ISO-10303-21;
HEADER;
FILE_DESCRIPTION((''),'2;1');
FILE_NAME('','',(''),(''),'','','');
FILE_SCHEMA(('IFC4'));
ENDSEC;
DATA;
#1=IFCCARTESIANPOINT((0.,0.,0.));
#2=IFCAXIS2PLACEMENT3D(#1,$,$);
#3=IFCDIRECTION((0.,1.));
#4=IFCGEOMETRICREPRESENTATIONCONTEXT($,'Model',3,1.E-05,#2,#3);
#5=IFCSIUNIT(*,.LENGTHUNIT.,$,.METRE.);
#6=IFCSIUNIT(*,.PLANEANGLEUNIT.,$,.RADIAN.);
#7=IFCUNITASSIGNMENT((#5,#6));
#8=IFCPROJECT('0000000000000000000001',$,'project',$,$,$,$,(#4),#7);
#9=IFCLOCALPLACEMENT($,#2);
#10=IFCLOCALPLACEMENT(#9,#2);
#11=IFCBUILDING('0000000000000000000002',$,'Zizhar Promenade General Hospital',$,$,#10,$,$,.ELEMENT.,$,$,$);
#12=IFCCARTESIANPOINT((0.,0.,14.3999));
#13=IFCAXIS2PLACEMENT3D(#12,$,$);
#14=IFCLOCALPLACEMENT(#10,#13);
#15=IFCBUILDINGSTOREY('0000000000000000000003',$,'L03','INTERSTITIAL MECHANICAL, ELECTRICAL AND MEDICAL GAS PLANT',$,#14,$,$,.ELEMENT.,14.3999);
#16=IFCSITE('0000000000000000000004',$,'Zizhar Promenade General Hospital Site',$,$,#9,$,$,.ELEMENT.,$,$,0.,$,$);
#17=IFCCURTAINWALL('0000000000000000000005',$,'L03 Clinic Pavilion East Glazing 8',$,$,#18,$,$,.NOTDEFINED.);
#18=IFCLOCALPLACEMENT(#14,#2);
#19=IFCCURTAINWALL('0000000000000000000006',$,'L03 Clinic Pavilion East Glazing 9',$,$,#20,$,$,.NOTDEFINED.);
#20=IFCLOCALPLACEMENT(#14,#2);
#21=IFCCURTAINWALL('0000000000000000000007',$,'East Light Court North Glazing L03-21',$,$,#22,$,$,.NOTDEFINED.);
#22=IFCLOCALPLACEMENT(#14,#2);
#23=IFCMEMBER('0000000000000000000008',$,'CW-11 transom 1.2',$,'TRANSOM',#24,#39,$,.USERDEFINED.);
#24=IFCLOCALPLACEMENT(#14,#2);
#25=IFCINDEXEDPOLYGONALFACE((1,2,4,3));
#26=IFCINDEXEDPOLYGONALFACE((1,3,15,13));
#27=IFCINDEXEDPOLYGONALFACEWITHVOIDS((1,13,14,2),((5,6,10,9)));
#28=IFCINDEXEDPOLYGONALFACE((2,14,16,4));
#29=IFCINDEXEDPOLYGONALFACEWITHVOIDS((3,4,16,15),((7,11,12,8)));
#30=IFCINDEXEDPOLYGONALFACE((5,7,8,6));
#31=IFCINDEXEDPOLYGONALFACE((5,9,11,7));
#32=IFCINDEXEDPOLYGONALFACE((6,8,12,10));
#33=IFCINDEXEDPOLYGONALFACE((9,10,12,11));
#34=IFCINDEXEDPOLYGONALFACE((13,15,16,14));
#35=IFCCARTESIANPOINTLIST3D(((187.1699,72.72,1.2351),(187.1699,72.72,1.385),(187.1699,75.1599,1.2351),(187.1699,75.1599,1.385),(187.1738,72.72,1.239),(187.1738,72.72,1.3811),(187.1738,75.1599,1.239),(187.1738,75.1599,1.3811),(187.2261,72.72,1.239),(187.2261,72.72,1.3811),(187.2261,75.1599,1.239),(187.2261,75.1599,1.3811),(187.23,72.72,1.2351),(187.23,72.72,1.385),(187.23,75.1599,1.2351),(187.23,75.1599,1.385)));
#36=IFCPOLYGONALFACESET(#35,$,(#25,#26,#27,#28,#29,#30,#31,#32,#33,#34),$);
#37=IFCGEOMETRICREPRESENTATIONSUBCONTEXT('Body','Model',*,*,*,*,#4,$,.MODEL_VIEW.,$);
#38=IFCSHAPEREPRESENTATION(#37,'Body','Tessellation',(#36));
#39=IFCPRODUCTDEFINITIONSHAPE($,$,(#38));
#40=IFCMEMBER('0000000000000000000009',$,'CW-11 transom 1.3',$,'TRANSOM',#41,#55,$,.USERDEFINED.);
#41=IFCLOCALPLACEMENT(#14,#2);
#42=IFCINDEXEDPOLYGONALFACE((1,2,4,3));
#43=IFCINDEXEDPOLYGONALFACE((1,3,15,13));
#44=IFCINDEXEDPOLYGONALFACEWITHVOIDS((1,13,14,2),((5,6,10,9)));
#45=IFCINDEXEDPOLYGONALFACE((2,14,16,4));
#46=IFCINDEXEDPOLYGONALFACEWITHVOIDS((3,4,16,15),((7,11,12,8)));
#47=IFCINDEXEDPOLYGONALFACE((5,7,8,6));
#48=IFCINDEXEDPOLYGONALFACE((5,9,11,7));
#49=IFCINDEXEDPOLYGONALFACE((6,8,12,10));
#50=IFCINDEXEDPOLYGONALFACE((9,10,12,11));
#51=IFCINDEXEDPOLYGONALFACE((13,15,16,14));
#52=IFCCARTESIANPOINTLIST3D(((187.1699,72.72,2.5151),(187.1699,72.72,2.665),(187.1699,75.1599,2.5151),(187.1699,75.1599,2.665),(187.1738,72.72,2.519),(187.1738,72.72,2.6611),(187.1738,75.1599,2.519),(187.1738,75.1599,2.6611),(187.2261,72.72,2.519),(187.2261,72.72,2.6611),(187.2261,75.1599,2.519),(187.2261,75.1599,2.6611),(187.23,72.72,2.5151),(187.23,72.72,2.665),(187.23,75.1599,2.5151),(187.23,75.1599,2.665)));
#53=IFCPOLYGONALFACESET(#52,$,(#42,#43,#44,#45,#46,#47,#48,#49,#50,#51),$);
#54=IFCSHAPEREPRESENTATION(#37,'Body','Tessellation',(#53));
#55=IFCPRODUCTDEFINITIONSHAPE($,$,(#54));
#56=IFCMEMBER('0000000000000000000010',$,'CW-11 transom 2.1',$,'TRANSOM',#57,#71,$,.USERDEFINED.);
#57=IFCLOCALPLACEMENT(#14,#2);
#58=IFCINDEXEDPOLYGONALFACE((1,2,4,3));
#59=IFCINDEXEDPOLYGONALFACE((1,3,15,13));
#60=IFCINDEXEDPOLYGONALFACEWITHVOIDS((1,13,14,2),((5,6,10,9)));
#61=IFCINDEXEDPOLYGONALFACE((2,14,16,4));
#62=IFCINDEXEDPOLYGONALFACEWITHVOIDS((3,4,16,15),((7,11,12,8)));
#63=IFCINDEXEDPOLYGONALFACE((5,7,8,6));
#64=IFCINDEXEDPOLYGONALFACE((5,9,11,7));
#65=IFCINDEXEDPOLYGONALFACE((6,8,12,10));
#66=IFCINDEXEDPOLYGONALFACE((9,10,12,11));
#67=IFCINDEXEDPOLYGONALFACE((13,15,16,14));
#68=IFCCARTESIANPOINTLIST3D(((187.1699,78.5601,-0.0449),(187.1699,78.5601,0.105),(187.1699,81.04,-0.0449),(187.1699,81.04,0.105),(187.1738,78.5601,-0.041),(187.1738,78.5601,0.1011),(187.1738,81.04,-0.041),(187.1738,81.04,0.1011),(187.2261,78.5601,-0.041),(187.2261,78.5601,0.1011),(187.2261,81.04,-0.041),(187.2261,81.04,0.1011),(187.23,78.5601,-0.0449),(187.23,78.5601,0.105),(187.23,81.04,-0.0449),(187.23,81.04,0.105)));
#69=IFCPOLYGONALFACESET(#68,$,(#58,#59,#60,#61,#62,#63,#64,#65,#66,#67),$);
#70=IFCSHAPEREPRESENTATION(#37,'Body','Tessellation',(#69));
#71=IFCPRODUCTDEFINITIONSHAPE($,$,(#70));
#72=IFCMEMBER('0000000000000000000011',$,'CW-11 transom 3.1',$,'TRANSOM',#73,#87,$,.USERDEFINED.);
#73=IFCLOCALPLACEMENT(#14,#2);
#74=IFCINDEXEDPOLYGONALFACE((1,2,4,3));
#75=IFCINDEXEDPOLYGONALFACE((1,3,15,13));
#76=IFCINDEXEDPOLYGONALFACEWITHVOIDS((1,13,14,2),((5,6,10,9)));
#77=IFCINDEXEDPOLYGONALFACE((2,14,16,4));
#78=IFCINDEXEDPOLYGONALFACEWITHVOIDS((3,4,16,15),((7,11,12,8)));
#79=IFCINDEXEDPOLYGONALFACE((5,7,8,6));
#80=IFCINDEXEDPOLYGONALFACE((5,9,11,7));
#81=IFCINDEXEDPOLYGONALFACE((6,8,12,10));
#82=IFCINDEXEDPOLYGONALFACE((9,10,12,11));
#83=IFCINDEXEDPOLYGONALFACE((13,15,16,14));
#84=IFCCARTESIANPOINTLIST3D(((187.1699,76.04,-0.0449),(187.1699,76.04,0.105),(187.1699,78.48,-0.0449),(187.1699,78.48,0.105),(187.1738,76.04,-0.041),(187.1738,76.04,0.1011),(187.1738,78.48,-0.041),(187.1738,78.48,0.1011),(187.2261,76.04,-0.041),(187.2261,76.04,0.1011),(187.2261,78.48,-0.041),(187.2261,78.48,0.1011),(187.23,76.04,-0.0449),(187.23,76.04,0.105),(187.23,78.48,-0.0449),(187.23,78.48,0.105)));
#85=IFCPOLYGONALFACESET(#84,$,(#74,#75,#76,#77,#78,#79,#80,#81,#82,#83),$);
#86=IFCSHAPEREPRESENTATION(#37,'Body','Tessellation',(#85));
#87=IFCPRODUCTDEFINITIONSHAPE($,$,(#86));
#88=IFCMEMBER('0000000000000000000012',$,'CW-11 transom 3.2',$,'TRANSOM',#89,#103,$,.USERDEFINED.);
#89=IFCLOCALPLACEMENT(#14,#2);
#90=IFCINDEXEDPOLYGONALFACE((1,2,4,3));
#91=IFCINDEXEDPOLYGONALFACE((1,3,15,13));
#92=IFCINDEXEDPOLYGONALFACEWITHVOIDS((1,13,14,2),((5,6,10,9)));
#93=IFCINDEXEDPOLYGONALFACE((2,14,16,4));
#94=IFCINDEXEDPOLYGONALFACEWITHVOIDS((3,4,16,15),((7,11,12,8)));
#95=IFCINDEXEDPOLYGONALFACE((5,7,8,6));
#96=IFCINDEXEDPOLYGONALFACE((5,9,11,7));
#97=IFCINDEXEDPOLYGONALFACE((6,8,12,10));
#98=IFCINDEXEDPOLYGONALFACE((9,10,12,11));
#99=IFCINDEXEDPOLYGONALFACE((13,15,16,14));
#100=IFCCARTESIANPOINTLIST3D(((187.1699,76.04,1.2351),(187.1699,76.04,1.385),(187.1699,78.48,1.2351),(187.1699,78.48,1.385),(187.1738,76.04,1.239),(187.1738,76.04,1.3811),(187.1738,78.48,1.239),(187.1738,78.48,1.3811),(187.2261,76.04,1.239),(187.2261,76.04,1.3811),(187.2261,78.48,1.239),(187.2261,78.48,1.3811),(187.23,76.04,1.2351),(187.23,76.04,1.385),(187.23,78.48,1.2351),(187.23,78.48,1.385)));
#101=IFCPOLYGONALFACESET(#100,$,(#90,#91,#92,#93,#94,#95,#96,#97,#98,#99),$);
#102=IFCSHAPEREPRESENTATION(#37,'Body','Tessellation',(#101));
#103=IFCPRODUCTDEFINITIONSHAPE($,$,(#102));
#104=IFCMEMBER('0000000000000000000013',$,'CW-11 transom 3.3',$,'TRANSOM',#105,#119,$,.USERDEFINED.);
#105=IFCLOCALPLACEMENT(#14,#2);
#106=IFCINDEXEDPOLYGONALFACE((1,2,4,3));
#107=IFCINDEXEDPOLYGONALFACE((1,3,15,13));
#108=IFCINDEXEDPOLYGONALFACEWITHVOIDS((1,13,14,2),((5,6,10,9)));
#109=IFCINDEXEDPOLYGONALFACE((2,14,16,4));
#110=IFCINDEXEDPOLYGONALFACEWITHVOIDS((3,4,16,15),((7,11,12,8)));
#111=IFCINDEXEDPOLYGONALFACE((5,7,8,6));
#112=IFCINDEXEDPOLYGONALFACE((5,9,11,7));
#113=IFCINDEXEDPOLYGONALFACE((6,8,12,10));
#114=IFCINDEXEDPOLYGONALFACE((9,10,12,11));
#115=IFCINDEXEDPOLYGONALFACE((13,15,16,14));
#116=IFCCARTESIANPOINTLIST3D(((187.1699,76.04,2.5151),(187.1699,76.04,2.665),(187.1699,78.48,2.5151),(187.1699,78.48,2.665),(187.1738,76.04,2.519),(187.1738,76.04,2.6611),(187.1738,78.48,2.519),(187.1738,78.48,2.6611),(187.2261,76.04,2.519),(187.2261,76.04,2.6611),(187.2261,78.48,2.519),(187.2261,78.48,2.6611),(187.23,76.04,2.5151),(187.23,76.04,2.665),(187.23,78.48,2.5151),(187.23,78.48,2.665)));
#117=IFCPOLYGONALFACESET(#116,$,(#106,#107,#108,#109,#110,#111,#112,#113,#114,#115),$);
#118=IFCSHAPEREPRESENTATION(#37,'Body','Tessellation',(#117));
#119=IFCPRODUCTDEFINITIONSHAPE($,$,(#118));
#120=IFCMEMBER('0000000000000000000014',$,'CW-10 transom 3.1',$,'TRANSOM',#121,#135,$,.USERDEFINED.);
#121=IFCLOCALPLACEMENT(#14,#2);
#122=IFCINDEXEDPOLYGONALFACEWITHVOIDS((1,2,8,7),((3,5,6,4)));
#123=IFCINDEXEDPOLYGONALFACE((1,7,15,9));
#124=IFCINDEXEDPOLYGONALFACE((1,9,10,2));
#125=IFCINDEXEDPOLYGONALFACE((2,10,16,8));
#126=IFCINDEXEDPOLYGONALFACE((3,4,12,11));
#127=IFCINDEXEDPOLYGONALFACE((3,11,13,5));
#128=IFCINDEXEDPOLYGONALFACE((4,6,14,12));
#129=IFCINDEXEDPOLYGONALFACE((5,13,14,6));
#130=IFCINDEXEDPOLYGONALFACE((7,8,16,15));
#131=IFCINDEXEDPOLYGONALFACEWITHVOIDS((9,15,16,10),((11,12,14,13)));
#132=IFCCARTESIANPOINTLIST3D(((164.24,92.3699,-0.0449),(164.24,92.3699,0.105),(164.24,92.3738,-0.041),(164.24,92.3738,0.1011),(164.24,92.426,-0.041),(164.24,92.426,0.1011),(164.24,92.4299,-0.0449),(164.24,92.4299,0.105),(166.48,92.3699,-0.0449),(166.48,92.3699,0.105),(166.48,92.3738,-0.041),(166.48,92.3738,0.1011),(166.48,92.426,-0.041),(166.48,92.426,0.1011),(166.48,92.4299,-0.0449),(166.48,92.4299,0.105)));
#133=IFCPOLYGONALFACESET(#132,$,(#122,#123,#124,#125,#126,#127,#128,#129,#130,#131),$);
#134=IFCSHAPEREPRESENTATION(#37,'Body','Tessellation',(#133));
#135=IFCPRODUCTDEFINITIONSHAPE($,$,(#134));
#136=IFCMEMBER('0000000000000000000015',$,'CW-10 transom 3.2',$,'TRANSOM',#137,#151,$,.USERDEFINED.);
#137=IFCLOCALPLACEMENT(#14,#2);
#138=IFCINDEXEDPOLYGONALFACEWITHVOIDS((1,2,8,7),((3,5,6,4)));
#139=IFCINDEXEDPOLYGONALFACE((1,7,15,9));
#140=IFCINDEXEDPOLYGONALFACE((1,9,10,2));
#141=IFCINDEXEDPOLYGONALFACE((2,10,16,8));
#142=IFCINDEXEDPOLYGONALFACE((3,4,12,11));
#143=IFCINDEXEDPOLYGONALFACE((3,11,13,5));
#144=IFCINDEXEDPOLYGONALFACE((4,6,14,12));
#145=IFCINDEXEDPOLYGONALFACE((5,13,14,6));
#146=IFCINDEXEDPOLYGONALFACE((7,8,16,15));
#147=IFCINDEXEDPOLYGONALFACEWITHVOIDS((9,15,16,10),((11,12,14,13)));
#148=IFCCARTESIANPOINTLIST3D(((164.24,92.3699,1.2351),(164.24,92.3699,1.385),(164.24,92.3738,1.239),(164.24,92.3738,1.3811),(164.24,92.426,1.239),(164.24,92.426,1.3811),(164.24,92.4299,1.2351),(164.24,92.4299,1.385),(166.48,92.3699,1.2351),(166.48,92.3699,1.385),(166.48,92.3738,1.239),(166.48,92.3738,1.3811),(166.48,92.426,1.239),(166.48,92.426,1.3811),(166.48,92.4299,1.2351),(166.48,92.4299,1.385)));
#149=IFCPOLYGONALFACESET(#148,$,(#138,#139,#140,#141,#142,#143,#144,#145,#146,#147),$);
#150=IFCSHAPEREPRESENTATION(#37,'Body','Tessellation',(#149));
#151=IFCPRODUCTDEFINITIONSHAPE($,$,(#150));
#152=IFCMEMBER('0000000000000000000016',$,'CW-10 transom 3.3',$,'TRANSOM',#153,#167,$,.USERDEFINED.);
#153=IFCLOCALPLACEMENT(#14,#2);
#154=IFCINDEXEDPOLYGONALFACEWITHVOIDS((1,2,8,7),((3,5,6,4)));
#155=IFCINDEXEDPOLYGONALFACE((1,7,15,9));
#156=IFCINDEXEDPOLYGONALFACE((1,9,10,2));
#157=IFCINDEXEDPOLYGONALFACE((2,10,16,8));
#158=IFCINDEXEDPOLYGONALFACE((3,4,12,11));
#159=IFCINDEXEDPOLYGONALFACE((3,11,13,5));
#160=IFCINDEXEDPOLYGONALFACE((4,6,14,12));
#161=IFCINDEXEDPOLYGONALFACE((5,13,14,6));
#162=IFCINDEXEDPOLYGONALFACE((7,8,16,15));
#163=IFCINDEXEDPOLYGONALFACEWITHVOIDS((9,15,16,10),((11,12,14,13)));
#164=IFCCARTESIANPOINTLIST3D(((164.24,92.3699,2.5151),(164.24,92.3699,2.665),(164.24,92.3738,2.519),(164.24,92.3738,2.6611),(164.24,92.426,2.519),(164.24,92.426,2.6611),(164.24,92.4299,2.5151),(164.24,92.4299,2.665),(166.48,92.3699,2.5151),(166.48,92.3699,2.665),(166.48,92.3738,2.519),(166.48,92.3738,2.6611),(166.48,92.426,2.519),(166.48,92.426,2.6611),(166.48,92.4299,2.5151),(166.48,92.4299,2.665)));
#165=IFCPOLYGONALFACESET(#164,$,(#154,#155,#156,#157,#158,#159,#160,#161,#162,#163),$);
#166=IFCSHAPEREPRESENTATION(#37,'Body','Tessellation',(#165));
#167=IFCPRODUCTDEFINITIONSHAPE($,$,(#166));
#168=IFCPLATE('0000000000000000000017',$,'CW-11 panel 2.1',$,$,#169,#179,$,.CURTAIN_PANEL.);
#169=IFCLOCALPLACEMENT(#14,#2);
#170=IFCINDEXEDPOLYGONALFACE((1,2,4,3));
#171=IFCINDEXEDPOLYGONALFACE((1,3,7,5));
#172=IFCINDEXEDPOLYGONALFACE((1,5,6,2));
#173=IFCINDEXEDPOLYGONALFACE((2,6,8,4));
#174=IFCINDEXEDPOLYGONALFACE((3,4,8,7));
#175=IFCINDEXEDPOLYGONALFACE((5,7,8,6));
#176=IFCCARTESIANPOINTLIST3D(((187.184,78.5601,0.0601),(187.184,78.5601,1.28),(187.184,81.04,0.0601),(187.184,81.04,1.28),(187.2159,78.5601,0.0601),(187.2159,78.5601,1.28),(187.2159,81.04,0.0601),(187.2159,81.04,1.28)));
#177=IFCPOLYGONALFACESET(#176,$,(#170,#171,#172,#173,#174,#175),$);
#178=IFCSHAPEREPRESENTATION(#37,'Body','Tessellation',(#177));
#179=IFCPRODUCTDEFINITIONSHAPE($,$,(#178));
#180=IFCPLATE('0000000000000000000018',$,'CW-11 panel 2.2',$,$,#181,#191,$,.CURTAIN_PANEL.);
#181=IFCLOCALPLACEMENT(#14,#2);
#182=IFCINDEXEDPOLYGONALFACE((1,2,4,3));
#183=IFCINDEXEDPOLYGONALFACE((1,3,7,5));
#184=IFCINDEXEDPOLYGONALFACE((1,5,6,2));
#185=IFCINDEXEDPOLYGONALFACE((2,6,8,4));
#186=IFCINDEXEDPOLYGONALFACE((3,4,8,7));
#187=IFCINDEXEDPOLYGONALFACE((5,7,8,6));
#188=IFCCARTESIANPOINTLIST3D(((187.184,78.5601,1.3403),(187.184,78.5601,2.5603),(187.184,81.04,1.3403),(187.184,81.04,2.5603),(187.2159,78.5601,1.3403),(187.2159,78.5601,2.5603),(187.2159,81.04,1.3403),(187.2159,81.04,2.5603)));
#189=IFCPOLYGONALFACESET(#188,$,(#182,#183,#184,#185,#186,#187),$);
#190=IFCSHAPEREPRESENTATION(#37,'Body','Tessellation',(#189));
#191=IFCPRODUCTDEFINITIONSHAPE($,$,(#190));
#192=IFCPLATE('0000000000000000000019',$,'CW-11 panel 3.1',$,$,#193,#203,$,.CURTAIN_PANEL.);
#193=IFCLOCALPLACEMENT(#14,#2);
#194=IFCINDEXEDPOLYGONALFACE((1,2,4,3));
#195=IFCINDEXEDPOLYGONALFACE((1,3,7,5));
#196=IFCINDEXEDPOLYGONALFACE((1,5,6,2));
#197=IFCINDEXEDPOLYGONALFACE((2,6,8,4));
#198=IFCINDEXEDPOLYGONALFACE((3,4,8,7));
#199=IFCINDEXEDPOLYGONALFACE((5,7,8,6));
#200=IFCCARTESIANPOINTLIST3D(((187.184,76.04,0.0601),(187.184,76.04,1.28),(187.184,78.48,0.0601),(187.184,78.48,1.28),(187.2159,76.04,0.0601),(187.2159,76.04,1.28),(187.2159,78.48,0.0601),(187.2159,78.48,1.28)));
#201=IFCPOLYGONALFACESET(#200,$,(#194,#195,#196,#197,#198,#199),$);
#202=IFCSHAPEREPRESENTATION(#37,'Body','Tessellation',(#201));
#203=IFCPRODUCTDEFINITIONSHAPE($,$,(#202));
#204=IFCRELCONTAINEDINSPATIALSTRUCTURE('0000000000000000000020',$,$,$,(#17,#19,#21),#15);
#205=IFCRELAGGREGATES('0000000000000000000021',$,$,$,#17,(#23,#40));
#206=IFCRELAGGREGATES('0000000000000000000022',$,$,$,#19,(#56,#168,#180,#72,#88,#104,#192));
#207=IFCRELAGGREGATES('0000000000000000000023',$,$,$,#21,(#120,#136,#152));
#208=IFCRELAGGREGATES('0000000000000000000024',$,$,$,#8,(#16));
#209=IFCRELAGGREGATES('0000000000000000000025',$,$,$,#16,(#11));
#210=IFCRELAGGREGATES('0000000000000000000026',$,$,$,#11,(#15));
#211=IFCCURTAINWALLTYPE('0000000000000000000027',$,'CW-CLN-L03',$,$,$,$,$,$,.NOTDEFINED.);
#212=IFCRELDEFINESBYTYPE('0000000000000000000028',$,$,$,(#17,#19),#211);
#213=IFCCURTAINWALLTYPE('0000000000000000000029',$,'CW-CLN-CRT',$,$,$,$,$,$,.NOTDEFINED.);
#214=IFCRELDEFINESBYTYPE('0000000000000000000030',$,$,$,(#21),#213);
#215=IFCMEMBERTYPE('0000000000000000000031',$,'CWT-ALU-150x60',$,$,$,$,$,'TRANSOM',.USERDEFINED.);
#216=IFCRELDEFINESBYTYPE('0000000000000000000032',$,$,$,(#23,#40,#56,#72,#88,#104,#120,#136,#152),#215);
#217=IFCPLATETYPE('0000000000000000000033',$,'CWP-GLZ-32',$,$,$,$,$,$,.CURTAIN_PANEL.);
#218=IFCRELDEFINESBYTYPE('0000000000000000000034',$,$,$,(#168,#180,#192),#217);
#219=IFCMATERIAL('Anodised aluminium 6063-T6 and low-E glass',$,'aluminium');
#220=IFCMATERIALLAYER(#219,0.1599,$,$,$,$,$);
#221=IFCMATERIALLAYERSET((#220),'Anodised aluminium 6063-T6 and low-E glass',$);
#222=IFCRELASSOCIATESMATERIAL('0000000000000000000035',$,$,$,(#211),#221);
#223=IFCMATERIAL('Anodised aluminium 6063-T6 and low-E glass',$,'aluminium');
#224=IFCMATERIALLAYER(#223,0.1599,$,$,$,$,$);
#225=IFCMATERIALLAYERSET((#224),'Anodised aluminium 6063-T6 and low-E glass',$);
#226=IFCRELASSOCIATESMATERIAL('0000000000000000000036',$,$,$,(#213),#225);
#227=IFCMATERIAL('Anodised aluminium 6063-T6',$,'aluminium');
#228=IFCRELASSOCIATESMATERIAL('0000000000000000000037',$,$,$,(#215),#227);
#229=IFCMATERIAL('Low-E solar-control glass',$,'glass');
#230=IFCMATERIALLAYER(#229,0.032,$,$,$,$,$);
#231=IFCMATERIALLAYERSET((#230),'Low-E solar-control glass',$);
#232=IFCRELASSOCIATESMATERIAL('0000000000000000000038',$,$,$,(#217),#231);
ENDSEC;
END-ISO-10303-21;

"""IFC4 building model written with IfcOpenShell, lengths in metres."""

from ifc_helpers import new_model, si_unit, direction, frame, origin, origin_2d, place, context, subcontext, project, spatial, rectangle, hollow_rectangle, extrude, material, layer, layer_set, material_profile, profile_set, type_object, element, aggregate, save


model = new_model("IFC4")

# Units and contexts
model_context = context("Model", 3, precision=1e-05, world=origin(), true_north=direction((0.0, 1.0)))
body_context = subcontext(model_context, "Body", "Model", "MODEL_VIEW")
ifc_project = project(units=[si_unit("LENGTHUNIT", "METRE"), si_unit("PLANEANGLEUNIT", "RADIAN")], contexts=[model_context])

# Site, building, storey
site_placement = place(None, origin())
site = spatial("IfcSite", under=ifc_project, at=site_placement, Name="Zizhar Promenade General Hospital Site", CompositionType="ELEMENT", RefElevation=0.0)
building_placement = place(site_placement, origin())
building = spatial("IfcBuilding", under=site, at=building_placement, Name="Zizhar Promenade General Hospital", CompositionType="ELEMENT")
storey_placement = place(building_placement, frame((0.0, 0.0, 14.3999)))
storey = spatial("IfcBuildingStorey", under=building, at=storey_placement, Name="L03", Description="INTERSTITIAL MECHANICAL, ELECTRICAL AND MEDICAL GAS PLANT", CompositionType="ELEMENT", Elevation=14.3999)

# Curtain wall
ifc_material_1 = material(Name="Anodised aluminium 6063-T6 and low-E glass", Category="aluminium")
ifc_layer_1 = layer(ifc_material_1, 0.1599)
ifc_layer_set_1 = layer_set([ifc_layer_1], Name="Anodised aluminium 6063-T6 and low-E glass")
curtain_wall_type_1 = type_object("IfcCurtainWallType", Name="CW-CLN-L03", PredefinedType="NOTDEFINED", material=ifc_layer_set_1)
curtain_wall_1_placement = place(storey_placement, origin())
curtain_wall_1 = element("IfcCurtainWall", 1, at=curtain_wall_1_placement, inside=storey, type_object=curtain_wall_type_1, Name="L03 Clinic Pavilion East Glazing 8", PredefinedType="NOTDEFINED")

# Curtain wall
curtain_wall_2_placement = place(storey_placement, origin())
curtain_wall_2 = element("IfcCurtainWall", 2, at=curtain_wall_2_placement, inside=storey, type_object=curtain_wall_type_1, Name="L03 Clinic Pavilion East Glazing 9", PredefinedType="NOTDEFINED")

# Curtain wall
ifc_material_2 = material(Name="Anodised aluminium 6063-T6 and low-E glass", Category="aluminium")
ifc_layer_2 = layer(ifc_material_2, 0.1599)
ifc_layer_set_2 = layer_set([ifc_layer_2], Name="Anodised aluminium 6063-T6 and low-E glass")
curtain_wall_type_2 = type_object("IfcCurtainWallType", Name="CW-CLN-CRT", PredefinedType="NOTDEFINED", material=ifc_layer_set_2)
curtain_wall_3_placement = place(storey_placement, origin())
curtain_wall_3 = element("IfcCurtainWall", 3, at=curtain_wall_3_placement, inside=storey, type_object=curtain_wall_type_2, Name="East Light Court North Glazing L03-21", PredefinedType="NOTDEFINED")

# Members
ifc_material_3 = material(Name="Anodised aluminium 6063-T6", Category="aluminium")
ifc_material_profile_1 = material_profile(ifc_material_3, hollow_rectangle(XDim=0.0601, YDim=0.1499, WallThickness=0.0039, at=origin_2d()))
ifc_profile_set_1 = profile_set([ifc_material_profile_1], Name="Anodised aluminium 6063-T6")
member_type_1 = type_object("IfcMemberType", Name="CWT-ALU-150x60", ElementType="TRANSOM", PredefinedType="USERDEFINED", material=ifc_profile_set_1)
member_1_placement = place(storey_placement, frame((187.2, 75.1599, 1.3101), z_axis=(0.0, -1.0, 0.0), x_axis=(1.0, 0.0, 0.0)))
member_1 = element("IfcMember", 4, at=member_1_placement, type_object=member_type_1, Name="CW-11 transom 1.2", ObjectType="TRANSOM", PredefinedType="USERDEFINED", context=body_context, shape_type="SweptSolid", body=[
    extrude(hollow_rectangle(XDim=0.0601, YDim=0.1499, WallThickness=0.0039, at=origin_2d()), origin(), (0.0, 0.0, 1.0), 2.4399),
])
member_2_placement = place(storey_placement, frame((187.2, 75.1599, 2.5901), z_axis=(0.0, -1.0, 0.0), x_axis=(1.0, 0.0, 0.0)))
member_2 = element("IfcMember", 5, at=member_2_placement, type_object=member_type_1, Name="CW-11 transom 1.3", ObjectType="TRANSOM", PredefinedType="USERDEFINED", context=body_context, shape_type="SweptSolid", body=[
    extrude(hollow_rectangle(XDim=0.0601, YDim=0.1499, WallThickness=0.0039, at=origin_2d()), origin(), (0.0, 0.0, 1.0), 2.4399),
])
aggregate(curtain_wall_1, [member_1, member_2])
member_3_placement = place(storey_placement, frame((187.2, 81.04, 0.03), z_axis=(0.0, -1.0, 0.0), x_axis=(1.0, 0.0, 0.0)))
member_3 = element("IfcMember", 6, at=member_3_placement, type_object=member_type_1, Name="CW-11 transom 2.1", ObjectType="TRANSOM", PredefinedType="USERDEFINED", context=body_context, shape_type="SweptSolid", body=[
    extrude(hollow_rectangle(XDim=0.0601, YDim=0.1499, WallThickness=0.0039, at=origin_2d()), origin(), (0.0, 0.0, 1.0), 2.48),
])
member_4_placement = place(storey_placement, frame((187.2, 78.48, 0.03), z_axis=(0.0, -1.0, 0.0), x_axis=(1.0, 0.0, 0.0)))
member_4 = element("IfcMember", 7, at=member_4_placement, type_object=member_type_1, Name="CW-11 transom 3.1", ObjectType="TRANSOM", PredefinedType="USERDEFINED", context=body_context, shape_type="SweptSolid", body=[
    extrude(hollow_rectangle(XDim=0.0601, YDim=0.1499, WallThickness=0.0039, at=origin_2d()), origin(), (0.0, 0.0, 1.0), 2.4399),
])
member_5_placement = place(storey_placement, frame((187.2, 78.48, 1.3101), z_axis=(0.0, -1.0, 0.0), x_axis=(1.0, 0.0, 0.0)))
member_5 = element("IfcMember", 8, at=member_5_placement, type_object=member_type_1, Name="CW-11 transom 3.2", ObjectType="TRANSOM", PredefinedType="USERDEFINED", context=body_context, shape_type="SweptSolid", body=[
    extrude(hollow_rectangle(XDim=0.0601, YDim=0.1499, WallThickness=0.0039, at=origin_2d()), origin(), (0.0, 0.0, 1.0), 2.4399),
])
member_6_placement = place(storey_placement, frame((187.2, 78.48, 2.5901), z_axis=(0.0, -1.0, 0.0), x_axis=(1.0, 0.0, 0.0)))
member_6 = element("IfcMember", 9, at=member_6_placement, type_object=member_type_1, Name="CW-11 transom 3.3", ObjectType="TRANSOM", PredefinedType="USERDEFINED", context=body_context, shape_type="SweptSolid", body=[
    extrude(hollow_rectangle(XDim=0.0601, YDim=0.1499, WallThickness=0.0039, at=origin_2d()), origin(), (0.0, 0.0, 1.0), 2.4399),
])
member_7_placement = place(storey_placement, frame((166.48, 92.3999, 0.03), z_axis=(-1.0, 0.0, 0.0), x_axis=(0.0, -1.0, 0.0)))
member_7 = element("IfcMember", 10, at=member_7_placement, type_object=member_type_1, Name="CW-10 transom 3.1", ObjectType="TRANSOM", PredefinedType="USERDEFINED", context=body_context, shape_type="SweptSolid", body=[
    extrude(hollow_rectangle(XDim=0.0601, YDim=0.1499, WallThickness=0.0039, at=origin_2d()), origin(), (0.0, 0.0, 1.0), 2.24),
])
member_8_placement = place(storey_placement, frame((166.48, 92.3999, 1.3101), z_axis=(-1.0, 0.0, 0.0), x_axis=(0.0, -1.0, 0.0)))
member_8 = element("IfcMember", 11, at=member_8_placement, type_object=member_type_1, Name="CW-10 transom 3.2", ObjectType="TRANSOM", PredefinedType="USERDEFINED", context=body_context, shape_type="SweptSolid", body=[
    extrude(hollow_rectangle(XDim=0.0601, YDim=0.1499, WallThickness=0.0039, at=origin_2d()), origin(), (0.0, 0.0, 1.0), 2.24),
])
member_9_placement = place(storey_placement, frame((166.48, 92.3999, 2.5901), z_axis=(-1.0, 0.0, 0.0), x_axis=(0.0, -1.0, 0.0)))
member_9 = element("IfcMember", 12, at=member_9_placement, type_object=member_type_1, Name="CW-10 transom 3.3", ObjectType="TRANSOM", PredefinedType="USERDEFINED", context=body_context, shape_type="SweptSolid", body=[
    extrude(hollow_rectangle(XDim=0.0601, YDim=0.1499, WallThickness=0.0039, at=origin_2d()), origin(), (0.0, 0.0, 1.0), 2.24),
])

# Plates
ifc_material_4 = material(Name="Low-E solar-control glass", Category="glass")
ifc_layer_3 = layer(ifc_material_4, 0.032)
ifc_layer_set_3 = layer_set([ifc_layer_3], Name="Low-E solar-control glass")
plate_type = type_object("IfcPlateType", Name="CWP-GLZ-32", PredefinedType="CURTAIN_PANEL", material=ifc_layer_set_3)
plate_1_placement = place(storey_placement, frame((187.2, 79.8, 0.0601), z_axis=(0.0, 0.0, 1.0), x_axis=(0.0, -1.0, 0.0)))
plate_1 = element("IfcPlate", 13, at=plate_1_placement, type_object=plate_type, Name="CW-11 panel 2.1", PredefinedType="CURTAIN_PANEL", context=body_context, shape_type="SweptSolid", body=[
    extrude(rectangle(XDim=2.48, YDim=0.032, at=origin_2d()), origin(), (0.0, 0.0, 1.0), 1.22),
])
plate_2_placement = place(storey_placement, frame((187.2, 79.8, 1.3403), z_axis=(0.0, 0.0, 1.0), x_axis=(0.0, -1.0, 0.0)))
plate_2 = element("IfcPlate", 14, at=plate_2_placement, type_object=plate_type, Name="CW-11 panel 2.2", PredefinedType="CURTAIN_PANEL", context=body_context, shape_type="SweptSolid", body=[
    extrude(rectangle(XDim=2.48, YDim=0.032, at=origin_2d()), origin(), (0.0, 0.0, 1.0), 1.22),
])
plate_3_placement = place(storey_placement, frame((187.2, 77.26, 0.0601), z_axis=(0.0, 0.0, 1.0), x_axis=(0.0, -1.0, 0.0)))
plate_3 = element("IfcPlate", 15, at=plate_3_placement, type_object=plate_type, Name="CW-11 panel 3.1", PredefinedType="CURTAIN_PANEL", context=body_context, shape_type="SweptSolid", body=[
    extrude(rectangle(XDim=2.4399, YDim=0.032, at=origin_2d()), origin(), (0.0, 0.0, 1.0), 1.22),
])
aggregate(curtain_wall_2, [member_3, plate_1, plate_2, member_4, member_5, member_6, plate_3])
aggregate(curtain_wall_3, [member_7, member_8, member_9])

save(model, "model.ifc")
